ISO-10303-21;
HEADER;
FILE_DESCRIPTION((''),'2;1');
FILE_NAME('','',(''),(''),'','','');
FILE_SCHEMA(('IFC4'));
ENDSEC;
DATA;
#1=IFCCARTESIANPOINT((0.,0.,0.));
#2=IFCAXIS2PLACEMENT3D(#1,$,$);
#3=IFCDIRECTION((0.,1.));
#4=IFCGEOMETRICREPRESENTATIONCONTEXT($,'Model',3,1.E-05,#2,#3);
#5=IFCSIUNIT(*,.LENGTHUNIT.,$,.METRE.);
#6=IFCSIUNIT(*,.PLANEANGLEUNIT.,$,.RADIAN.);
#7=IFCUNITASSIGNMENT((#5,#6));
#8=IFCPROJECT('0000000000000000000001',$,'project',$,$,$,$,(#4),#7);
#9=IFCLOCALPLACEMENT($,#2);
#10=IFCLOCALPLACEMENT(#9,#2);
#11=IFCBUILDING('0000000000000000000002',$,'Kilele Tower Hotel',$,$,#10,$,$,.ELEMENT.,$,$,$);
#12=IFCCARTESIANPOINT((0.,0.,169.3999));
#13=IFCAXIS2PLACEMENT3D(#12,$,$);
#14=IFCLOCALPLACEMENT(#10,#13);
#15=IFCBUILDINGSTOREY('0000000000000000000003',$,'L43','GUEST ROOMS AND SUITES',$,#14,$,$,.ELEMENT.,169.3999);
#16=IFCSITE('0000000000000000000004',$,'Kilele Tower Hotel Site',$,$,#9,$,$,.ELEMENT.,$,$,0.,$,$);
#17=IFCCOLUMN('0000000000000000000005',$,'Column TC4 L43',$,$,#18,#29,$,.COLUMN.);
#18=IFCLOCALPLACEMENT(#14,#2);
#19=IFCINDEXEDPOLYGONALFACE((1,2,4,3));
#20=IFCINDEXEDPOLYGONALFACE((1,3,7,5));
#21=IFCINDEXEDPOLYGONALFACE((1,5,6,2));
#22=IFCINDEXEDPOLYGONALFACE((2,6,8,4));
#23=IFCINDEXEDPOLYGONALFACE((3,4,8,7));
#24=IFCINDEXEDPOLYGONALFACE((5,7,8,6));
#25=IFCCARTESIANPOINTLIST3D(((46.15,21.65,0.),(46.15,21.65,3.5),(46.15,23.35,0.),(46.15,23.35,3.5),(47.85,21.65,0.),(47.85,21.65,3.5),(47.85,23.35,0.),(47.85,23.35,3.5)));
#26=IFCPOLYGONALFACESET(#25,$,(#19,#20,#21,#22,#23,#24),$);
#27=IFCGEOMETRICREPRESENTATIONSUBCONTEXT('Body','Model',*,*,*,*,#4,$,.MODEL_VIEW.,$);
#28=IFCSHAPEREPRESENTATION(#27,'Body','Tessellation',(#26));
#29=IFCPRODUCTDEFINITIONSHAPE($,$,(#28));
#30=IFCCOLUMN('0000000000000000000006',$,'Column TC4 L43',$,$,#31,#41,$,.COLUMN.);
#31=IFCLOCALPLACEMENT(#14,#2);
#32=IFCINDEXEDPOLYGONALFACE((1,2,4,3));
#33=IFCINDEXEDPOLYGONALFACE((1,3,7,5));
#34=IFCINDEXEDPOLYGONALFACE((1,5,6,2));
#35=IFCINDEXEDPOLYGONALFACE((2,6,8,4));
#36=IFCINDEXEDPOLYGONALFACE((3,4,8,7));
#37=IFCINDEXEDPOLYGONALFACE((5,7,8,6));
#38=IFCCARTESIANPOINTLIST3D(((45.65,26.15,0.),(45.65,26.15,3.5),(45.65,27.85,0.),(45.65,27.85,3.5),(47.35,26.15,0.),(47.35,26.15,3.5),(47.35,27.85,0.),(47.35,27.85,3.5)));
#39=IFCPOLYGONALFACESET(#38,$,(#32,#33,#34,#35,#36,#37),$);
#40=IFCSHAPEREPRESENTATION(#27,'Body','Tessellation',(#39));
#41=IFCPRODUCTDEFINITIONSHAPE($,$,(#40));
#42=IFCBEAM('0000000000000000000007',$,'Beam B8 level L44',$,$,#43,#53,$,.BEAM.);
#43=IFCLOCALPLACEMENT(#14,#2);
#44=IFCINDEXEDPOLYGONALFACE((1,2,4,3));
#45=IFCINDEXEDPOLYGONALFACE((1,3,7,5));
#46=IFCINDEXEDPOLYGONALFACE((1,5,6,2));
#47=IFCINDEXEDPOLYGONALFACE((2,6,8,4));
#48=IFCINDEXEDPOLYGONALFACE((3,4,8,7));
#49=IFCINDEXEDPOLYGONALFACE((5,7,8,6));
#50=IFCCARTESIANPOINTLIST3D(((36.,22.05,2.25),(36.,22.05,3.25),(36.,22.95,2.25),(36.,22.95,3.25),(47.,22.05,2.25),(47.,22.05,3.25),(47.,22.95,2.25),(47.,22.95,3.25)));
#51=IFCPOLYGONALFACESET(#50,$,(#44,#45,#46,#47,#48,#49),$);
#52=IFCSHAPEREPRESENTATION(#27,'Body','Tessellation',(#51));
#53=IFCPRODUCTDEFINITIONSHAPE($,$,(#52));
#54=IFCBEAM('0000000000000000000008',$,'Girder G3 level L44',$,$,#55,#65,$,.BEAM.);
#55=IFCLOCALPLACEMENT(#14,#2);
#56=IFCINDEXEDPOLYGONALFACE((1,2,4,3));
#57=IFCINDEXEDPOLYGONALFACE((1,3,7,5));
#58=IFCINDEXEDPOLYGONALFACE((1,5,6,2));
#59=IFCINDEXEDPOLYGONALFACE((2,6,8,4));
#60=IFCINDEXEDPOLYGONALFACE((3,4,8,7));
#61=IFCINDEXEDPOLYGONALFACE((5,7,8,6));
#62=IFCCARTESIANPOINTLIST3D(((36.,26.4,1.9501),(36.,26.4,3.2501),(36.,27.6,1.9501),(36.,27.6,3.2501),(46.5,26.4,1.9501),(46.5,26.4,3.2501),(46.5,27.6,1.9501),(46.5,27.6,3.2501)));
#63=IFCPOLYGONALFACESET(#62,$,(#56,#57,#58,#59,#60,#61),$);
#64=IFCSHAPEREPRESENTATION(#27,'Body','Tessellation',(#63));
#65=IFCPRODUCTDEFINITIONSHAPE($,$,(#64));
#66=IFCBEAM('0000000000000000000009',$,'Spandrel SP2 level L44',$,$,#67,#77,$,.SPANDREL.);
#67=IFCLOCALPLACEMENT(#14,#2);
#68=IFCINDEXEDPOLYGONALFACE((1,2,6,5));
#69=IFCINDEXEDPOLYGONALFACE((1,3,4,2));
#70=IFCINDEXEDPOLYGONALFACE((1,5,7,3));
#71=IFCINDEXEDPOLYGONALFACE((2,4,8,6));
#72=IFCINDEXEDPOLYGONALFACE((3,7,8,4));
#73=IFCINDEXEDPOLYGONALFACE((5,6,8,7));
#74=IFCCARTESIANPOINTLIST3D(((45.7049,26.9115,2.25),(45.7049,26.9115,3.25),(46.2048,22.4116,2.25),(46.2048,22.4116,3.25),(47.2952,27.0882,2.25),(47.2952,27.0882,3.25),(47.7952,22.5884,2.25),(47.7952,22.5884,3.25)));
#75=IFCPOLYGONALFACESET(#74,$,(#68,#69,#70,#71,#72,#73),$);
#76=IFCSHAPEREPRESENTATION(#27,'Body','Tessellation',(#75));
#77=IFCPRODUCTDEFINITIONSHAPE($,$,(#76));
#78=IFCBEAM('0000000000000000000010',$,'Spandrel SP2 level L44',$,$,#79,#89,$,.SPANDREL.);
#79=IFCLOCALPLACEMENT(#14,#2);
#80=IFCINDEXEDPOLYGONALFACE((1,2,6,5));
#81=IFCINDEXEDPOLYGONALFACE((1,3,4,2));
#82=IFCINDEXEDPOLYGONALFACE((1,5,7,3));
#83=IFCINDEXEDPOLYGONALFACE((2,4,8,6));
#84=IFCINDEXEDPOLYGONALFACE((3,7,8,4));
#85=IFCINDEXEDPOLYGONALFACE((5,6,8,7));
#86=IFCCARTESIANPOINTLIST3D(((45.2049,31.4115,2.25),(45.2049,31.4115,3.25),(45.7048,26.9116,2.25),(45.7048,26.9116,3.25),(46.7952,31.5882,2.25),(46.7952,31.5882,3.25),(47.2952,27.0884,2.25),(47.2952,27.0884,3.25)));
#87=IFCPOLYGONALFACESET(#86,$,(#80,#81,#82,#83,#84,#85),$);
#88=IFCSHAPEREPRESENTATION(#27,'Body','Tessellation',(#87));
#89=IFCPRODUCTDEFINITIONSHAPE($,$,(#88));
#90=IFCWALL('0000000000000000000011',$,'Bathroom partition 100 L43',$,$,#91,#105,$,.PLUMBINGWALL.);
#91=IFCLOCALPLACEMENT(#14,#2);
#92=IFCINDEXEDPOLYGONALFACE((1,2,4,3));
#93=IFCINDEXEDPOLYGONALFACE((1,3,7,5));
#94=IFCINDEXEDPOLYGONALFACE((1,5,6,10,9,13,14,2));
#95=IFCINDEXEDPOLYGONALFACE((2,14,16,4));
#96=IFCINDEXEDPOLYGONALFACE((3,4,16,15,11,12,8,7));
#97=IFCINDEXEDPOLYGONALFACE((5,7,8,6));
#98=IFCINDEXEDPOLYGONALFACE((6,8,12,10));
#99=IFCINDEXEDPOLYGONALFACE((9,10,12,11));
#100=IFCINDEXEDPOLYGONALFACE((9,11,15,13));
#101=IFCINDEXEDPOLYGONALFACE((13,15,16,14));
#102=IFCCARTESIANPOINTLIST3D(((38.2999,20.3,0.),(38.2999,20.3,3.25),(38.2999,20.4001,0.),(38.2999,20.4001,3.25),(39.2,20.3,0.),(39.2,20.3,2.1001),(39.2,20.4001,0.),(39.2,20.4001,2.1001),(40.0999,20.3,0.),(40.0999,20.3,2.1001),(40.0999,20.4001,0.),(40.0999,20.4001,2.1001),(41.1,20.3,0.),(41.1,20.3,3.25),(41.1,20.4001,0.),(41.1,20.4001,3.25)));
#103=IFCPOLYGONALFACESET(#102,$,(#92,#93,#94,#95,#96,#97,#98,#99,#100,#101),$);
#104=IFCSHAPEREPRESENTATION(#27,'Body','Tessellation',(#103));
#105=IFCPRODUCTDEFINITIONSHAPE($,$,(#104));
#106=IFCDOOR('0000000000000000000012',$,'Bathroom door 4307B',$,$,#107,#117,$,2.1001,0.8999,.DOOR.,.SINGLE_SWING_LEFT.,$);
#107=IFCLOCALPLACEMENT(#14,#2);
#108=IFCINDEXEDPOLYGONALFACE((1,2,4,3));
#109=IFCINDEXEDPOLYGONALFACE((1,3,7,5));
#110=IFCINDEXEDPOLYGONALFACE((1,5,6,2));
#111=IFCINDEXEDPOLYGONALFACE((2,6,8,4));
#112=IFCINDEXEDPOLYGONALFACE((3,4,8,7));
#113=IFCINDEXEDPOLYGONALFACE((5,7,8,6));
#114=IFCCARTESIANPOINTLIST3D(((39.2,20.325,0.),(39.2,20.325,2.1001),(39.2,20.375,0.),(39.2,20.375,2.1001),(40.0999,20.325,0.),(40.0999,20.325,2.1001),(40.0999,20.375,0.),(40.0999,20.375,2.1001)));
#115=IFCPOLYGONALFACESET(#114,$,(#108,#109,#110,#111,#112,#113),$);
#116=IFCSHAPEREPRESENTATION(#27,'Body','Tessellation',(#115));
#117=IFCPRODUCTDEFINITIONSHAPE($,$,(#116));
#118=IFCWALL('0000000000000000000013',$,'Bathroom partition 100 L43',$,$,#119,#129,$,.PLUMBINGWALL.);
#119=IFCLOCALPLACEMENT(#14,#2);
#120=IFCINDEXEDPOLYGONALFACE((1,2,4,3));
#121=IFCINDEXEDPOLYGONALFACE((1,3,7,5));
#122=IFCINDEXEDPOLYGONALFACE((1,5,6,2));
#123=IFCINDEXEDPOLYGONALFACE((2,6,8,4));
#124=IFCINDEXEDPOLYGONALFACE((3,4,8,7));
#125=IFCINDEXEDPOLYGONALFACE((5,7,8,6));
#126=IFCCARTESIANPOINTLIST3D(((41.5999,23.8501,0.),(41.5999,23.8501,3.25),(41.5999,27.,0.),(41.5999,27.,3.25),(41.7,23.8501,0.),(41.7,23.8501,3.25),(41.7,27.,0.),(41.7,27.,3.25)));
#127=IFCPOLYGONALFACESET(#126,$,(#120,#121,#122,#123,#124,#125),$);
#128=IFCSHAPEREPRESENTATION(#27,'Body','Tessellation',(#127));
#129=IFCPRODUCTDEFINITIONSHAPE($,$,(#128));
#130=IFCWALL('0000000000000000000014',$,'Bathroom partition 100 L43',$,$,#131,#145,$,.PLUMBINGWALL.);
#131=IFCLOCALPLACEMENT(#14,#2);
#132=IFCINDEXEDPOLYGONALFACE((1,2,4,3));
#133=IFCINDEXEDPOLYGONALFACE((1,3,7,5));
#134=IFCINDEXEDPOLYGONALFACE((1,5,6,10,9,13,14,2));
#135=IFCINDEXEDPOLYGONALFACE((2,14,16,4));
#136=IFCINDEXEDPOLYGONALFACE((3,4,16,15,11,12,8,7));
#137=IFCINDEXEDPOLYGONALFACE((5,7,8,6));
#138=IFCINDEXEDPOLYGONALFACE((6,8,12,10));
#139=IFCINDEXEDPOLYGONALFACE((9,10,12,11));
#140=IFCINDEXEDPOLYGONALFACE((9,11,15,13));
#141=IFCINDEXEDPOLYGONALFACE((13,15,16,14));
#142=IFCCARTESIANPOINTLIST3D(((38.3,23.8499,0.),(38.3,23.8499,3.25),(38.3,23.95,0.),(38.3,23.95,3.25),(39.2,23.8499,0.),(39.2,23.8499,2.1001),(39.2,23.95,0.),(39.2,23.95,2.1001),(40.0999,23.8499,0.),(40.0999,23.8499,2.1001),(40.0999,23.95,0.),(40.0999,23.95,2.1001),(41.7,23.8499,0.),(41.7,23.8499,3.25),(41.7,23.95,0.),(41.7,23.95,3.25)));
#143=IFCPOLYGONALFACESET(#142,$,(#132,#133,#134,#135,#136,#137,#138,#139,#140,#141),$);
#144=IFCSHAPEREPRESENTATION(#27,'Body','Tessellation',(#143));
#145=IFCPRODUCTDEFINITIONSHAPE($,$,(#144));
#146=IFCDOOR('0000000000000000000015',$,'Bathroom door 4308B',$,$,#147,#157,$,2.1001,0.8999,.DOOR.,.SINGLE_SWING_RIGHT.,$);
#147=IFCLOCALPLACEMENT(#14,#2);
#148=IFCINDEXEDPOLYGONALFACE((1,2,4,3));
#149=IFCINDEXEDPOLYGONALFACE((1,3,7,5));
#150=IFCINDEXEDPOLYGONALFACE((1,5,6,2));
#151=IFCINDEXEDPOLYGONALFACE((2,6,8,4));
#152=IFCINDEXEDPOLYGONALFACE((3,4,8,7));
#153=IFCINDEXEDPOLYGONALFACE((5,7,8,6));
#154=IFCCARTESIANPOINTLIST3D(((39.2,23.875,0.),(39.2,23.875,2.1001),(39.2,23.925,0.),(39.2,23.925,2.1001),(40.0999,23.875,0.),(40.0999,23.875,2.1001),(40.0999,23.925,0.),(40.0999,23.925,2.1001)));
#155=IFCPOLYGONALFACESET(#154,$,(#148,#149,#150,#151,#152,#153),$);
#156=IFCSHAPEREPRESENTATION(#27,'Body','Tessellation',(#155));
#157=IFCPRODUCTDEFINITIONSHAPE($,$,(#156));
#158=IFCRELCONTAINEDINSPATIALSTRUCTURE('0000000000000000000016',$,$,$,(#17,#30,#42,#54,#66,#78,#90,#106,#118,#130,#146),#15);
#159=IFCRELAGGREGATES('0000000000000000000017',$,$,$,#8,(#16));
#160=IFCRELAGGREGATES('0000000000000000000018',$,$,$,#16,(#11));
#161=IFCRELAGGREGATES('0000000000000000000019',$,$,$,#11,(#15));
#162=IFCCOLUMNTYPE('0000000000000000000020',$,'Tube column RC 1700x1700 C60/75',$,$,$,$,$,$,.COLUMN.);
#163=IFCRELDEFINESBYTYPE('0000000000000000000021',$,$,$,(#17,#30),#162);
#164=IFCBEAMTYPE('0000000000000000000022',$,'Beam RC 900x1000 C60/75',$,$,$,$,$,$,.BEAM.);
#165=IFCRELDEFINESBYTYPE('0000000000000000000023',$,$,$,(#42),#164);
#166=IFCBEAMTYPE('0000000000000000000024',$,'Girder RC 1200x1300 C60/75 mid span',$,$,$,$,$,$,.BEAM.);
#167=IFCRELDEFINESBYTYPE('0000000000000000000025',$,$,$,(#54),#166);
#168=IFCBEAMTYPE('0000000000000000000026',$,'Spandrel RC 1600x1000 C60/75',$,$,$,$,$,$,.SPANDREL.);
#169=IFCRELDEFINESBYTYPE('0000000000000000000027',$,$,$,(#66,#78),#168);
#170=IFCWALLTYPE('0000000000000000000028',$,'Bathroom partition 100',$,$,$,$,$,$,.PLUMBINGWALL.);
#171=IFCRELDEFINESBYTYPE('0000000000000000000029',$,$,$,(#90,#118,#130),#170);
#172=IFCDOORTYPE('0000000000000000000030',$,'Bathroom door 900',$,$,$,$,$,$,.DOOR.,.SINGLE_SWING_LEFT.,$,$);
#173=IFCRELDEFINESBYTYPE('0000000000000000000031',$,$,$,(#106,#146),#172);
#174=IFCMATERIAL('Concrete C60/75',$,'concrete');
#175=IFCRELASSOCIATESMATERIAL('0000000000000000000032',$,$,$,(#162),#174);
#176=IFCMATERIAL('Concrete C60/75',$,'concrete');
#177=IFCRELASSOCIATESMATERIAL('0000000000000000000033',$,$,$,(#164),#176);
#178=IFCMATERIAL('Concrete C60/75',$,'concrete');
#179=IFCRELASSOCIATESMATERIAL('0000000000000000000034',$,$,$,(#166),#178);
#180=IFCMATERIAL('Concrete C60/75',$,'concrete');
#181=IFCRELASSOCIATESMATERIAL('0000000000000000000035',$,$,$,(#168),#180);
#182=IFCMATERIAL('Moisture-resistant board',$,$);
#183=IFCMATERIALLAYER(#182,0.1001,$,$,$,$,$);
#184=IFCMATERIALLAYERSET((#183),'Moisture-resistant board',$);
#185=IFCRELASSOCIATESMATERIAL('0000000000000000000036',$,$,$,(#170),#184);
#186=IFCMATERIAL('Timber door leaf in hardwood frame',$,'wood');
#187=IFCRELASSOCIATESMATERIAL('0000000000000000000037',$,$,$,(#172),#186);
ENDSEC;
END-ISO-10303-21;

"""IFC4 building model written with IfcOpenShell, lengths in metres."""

from ifc_helpers import new_model, si_unit, direction, frame, frame_2d, origin, origin_2d, place, context, subcontext, project, spatial, rectangle, extrude, material, layer, layer_set, material_profile, profile_set, type_object, element, fill, save


model = new_model("IFC4")

# Units and contexts
model_context = context("Model", 3, precision=1e-05, world=origin(), true_north=direction((0.0, 1.0)))
body_context = subcontext(model_context, "Body", "Model", "MODEL_VIEW")
ifc_project = project(units=[si_unit("LENGTHUNIT", "METRE"), si_unit("PLANEANGLEUNIT", "RADIAN")], contexts=[model_context])

# Site, building, storey
site_placement = place(None, origin())
site = spatial("IfcSite", under=ifc_project, at=site_placement, Name="Kilele Tower Hotel Site", CompositionType="ELEMENT", RefElevation=0.0)
building_placement = place(site_placement, origin())
building = spatial("IfcBuilding", under=site, at=building_placement, Name="Kilele Tower Hotel", CompositionType="ELEMENT")
storey_placement = place(building_placement, frame((0.0, 0.0, 169.3999)))
storey = spatial("IfcBuildingStorey", under=building, at=storey_placement, Name="L43", Description="GUEST ROOMS AND SUITES", CompositionType="ELEMENT", Elevation=169.3999)

# Columns
ifc_material_1 = material(Name="Concrete C60/75", Category="concrete")
ifc_material_profile_1 = material_profile(ifc_material_1, rectangle(XDim=1.7, YDim=1.7, at=origin_2d()))
ifc_profile_set_1 = profile_set([ifc_material_profile_1], Name="Concrete C60/75")
column_type = type_object("IfcColumnType", Name="Tube column RC 1700x1700 C60/75", PredefinedType="COLUMN", material=ifc_profile_set_1)
for number, where, z_axis, x_axis, name in (
    (1, (47.0, 22.5, 0.0), (0.0, 0.0, 1.0), (1.0, 0.0, 0.0), "Column TC4 L43"),
    (2, (46.5, 27.0, 0.0), (0.0, 0.0, 1.0), (1.0, 0.0, 0.0), "Column TC4 L43"),
):
    element("IfcColumn", number, at=place(storey_placement, frame(where, z_axis=z_axis, x_axis=x_axis)), inside=storey, type_object=column_type, Name=name, PredefinedType="COLUMN", context=body_context, shape_type="SweptSolid", body=[
        extrude(rectangle(XDim=1.7, YDim=1.7, at=origin_2d()), origin(), (0.0, 0.0, 1.0), 3.5),
    ])

# Beams
ifc_material_2 = material(Name="Concrete C60/75", Category="concrete")
ifc_material_profile_2 = material_profile(ifc_material_2, rectangle(XDim=0.8999, YDim=1.0, at=origin_2d()))
ifc_profile_set_2 = profile_set([ifc_material_profile_2], Name="Concrete C60/75")
beam_type_1 = type_object("IfcBeamType", Name="Beam RC 900x1000 C60/75", PredefinedType="BEAM", material=ifc_profile_set_2)
beam_1_placement = place(storey_placement, frame((47.0, 22.5, 2.75), z_axis=(-1.0, 0.0, 0.0), x_axis=(0.0, -1.0, 0.0)))
element("IfcBeam", 3, at=beam_1_placement, inside=storey, type_object=beam_type_1, Name="Beam B8 level L44", PredefinedType="BEAM", context=body_context, shape_type="SweptSolid", body=[
    extrude(rectangle(XDim=0.8999, YDim=1.0, at=origin_2d()), origin(), (0.0, 0.0, 1.0), 11.0),
])
ifc_material_3 = material(Name="Concrete C60/75", Category="concrete")
ifc_material_profile_3 = material_profile(ifc_material_3, rectangle(XDim=1.2, YDim=1.3, at=origin_2d()))
ifc_profile_set_3 = profile_set([ifc_material_profile_3], Name="Concrete C60/75")
beam_type_2 = type_object("IfcBeamType", Name="Girder RC 1200x1300 C60/75 mid span", PredefinedType="BEAM", material=ifc_profile_set_3)
beam_2_placement = place(storey_placement, frame((46.5, 27.0, 2.6001), z_axis=(-1.0, 0.0, 0.0), x_axis=(0.0, -1.0, 0.0)))
element("IfcBeam", 4, at=beam_2_placement, inside=storey, type_object=beam_type_2, Name="Girder G3 level L44", PredefinedType="BEAM", context=body_context, shape_type="SweptSolid", body=[
    extrude(rectangle(XDim=1.2, YDim=1.3, at=origin_2d()), origin(), (0.0, 0.0, 1.0), 10.5),
])
ifc_material_4 = material(Name="Concrete C60/75", Category="concrete")
ifc_material_profile_4 = material_profile(ifc_material_4, rectangle(XDim=1.6001, YDim=1.0, at=origin_2d()))
ifc_profile_set_4 = profile_set([ifc_material_profile_4], Name="Concrete C60/75")
beam_type_3 = type_object("IfcBeamType", Name="Spandrel RC 1600x1000 C60/75", PredefinedType="SPANDREL", material=ifc_profile_set_4)
for number, where, z_axis, x_axis, name in (
    (5, (47.0, 22.5, 2.75), (-0.110432, 0.993884, 0.0), (-0.993884, -0.110432, 0.0), "Spandrel SP2 level L44"),
    (6, (46.5, 27.0, 2.75), (-0.110432, 0.993884, 0.0), (-0.993884, -0.110432, 0.0), "Spandrel SP2 level L44"),
):
    element("IfcBeam", number, at=place(storey_placement, frame(where, z_axis=z_axis, x_axis=x_axis)), inside=storey, type_object=beam_type_3, Name=name, PredefinedType="SPANDREL", context=body_context, shape_type="SweptSolid", body=[
        extrude(rectangle(XDim=1.6001, YDim=1.0, at=origin_2d()), origin(), (0.0, 0.0, 1.0), 4.5276),
    ])

# Wall, opening, door
ifc_material_5 = material(Name="Moisture-resistant board")
ifc_layer_1 = layer(ifc_material_5, 0.1001)
ifc_layer_set_1 = layer_set([ifc_layer_1], Name="Moisture-resistant board")
wall_type_1 = type_object("IfcWallType", Name="Bathroom partition 100", PredefinedType="PLUMBINGWALL", material=ifc_layer_set_1)
wall_1_placement = place(storey_placement, frame((38.3, 20.3501, 0.0), z_axis=(0.0, 0.0, 1.0), x_axis=(1.0, 0.0, 0.0)))
wall_1 = element("IfcWall", 7, at=wall_1_placement, inside=storey, type_object=wall_type_1, Name="Bathroom partition 100 L43", PredefinedType="PLUMBINGWALL", context=body_context, shape_type="SweptSolid", body=[
    extrude(rectangle(XDim=2.8, YDim=0.1001, at=frame_2d((1.3999, 0.0))), origin(), (0.0, 0.0, 1.0), 3.25),
])
opening_1_placement = place(wall_1_placement, frame((0.8999, 0.0, 0.0)))
opening_1 = element("IfcOpeningElement", 8, at=opening_1_placement, cuts=wall_1, PredefinedType="OPENING", context=body_context, shape_type="SweptSolid", body=[
    extrude(rectangle(XDim=0.8999, YDim=2.1001, at=frame_2d((0.45, 1.05))), frame((0.0, 0.0601, 0.0), z_axis=(0.0, -1.0, 0.0), x_axis=(1.0, 0.0, 0.0)), (0.0, 0.0, 1.0), 0.1201),
])
ifc_material_6 = material(Name="Timber door leaf in hardwood frame", Category="wood")
door_type_1 = type_object("IfcDoorType", Name="Bathroom door 900", OperationType="SINGLE_SWING_LEFT", PredefinedType="DOOR", material=ifc_material_6)
door_1_placement = place(opening_1_placement, origin())
door_1 = element("IfcDoor", 9, at=door_1_placement, inside=storey, type_object=door_type_1, Name="Bathroom door 4307B", OperationType="SINGLE_SWING_LEFT", OverallHeight=2.1001, OverallWidth=0.8999, PredefinedType="DOOR", context=body_context, shape_type="SweptSolid", body=[
    extrude(rectangle(XDim=0.8999, YDim=2.1001, at=frame_2d((0.45, 1.05))), frame((0.0, 0.0249, 0.0), z_axis=(0.0, -1.0, 0.0), x_axis=(1.0, 0.0, 0.0)), (0.0, 0.0, 1.0), 0.05),
])
fill(opening_1, door_1)

# Wall
wall_2_placement = place(storey_placement, frame((41.6499, 23.8501, 0.0), z_axis=(0.0, 0.0, 1.0), x_axis=(0.0, 1.0, 0.0)))
element("IfcWall", 10, at=wall_2_placement, inside=storey, type_object=wall_type_1, Name="Bathroom partition 100 L43", PredefinedType="PLUMBINGWALL", context=body_context, shape_type="SweptSolid", body=[
    extrude(rectangle(XDim=3.1499, YDim=0.1001, at=frame_2d((1.575, 0.0))), origin(), (0.0, 0.0, 1.0), 3.25),
])

# Wall, opening, door
wall_3_placement = place(storey_placement, frame((38.3, 23.8999, 0.0), z_axis=(0.0, 0.0, 1.0), x_axis=(1.0, 0.0, 0.0)))
wall_3 = element("IfcWall", 11, at=wall_3_placement, inside=storey, type_object=wall_type_1, Name="Bathroom partition 100 L43", PredefinedType="PLUMBINGWALL", context=body_context, shape_type="SweptSolid", body=[
    extrude(rectangle(XDim=3.3999, YDim=0.1001, at=frame_2d((1.7, 0.0))), origin(), (0.0, 0.0, 1.0), 3.25),
])
opening_2_placement = place(wall_3_placement, frame((1.7998, 0.0, 0.0), z_axis=(0.0, 0.0, 1.0), x_axis=(-1.0, 0.0, 0.0)))
opening_2 = element("IfcOpeningElement", 12, at=opening_2_placement, cuts=wall_3, PredefinedType="OPENING", context=body_context, shape_type="SweptSolid", body=[
    extrude(rectangle(XDim=0.8999, YDim=2.1001, at=frame_2d((0.45, 1.05))), frame((0.0, 0.0601, 0.0), z_axis=(0.0, -1.0, 0.0), x_axis=(1.0, 0.0, 0.0)), (0.0, 0.0, 1.0), 0.1201),
])
door_2_placement = place(opening_2_placement, origin())
door_2 = element("IfcDoor", 13, at=door_2_placement, inside=storey, type_object=door_type_1, Name="Bathroom door 4308B", OperationType="SINGLE_SWING_RIGHT", OverallHeight=2.1001, OverallWidth=0.8999, PredefinedType="DOOR", context=body_context, shape_type="SweptSolid", body=[
    extrude(rectangle(XDim=0.8999, YDim=2.1001, at=frame_2d((0.45, 1.05))), frame((0.0, 0.0249, 0.0), z_axis=(0.0, -1.0, 0.0), x_axis=(1.0, 0.0, 0.0)), (0.0, 0.0, 1.0), 0.05),
])
fill(opening_2, door_2)

save(model, "model.ifc")
